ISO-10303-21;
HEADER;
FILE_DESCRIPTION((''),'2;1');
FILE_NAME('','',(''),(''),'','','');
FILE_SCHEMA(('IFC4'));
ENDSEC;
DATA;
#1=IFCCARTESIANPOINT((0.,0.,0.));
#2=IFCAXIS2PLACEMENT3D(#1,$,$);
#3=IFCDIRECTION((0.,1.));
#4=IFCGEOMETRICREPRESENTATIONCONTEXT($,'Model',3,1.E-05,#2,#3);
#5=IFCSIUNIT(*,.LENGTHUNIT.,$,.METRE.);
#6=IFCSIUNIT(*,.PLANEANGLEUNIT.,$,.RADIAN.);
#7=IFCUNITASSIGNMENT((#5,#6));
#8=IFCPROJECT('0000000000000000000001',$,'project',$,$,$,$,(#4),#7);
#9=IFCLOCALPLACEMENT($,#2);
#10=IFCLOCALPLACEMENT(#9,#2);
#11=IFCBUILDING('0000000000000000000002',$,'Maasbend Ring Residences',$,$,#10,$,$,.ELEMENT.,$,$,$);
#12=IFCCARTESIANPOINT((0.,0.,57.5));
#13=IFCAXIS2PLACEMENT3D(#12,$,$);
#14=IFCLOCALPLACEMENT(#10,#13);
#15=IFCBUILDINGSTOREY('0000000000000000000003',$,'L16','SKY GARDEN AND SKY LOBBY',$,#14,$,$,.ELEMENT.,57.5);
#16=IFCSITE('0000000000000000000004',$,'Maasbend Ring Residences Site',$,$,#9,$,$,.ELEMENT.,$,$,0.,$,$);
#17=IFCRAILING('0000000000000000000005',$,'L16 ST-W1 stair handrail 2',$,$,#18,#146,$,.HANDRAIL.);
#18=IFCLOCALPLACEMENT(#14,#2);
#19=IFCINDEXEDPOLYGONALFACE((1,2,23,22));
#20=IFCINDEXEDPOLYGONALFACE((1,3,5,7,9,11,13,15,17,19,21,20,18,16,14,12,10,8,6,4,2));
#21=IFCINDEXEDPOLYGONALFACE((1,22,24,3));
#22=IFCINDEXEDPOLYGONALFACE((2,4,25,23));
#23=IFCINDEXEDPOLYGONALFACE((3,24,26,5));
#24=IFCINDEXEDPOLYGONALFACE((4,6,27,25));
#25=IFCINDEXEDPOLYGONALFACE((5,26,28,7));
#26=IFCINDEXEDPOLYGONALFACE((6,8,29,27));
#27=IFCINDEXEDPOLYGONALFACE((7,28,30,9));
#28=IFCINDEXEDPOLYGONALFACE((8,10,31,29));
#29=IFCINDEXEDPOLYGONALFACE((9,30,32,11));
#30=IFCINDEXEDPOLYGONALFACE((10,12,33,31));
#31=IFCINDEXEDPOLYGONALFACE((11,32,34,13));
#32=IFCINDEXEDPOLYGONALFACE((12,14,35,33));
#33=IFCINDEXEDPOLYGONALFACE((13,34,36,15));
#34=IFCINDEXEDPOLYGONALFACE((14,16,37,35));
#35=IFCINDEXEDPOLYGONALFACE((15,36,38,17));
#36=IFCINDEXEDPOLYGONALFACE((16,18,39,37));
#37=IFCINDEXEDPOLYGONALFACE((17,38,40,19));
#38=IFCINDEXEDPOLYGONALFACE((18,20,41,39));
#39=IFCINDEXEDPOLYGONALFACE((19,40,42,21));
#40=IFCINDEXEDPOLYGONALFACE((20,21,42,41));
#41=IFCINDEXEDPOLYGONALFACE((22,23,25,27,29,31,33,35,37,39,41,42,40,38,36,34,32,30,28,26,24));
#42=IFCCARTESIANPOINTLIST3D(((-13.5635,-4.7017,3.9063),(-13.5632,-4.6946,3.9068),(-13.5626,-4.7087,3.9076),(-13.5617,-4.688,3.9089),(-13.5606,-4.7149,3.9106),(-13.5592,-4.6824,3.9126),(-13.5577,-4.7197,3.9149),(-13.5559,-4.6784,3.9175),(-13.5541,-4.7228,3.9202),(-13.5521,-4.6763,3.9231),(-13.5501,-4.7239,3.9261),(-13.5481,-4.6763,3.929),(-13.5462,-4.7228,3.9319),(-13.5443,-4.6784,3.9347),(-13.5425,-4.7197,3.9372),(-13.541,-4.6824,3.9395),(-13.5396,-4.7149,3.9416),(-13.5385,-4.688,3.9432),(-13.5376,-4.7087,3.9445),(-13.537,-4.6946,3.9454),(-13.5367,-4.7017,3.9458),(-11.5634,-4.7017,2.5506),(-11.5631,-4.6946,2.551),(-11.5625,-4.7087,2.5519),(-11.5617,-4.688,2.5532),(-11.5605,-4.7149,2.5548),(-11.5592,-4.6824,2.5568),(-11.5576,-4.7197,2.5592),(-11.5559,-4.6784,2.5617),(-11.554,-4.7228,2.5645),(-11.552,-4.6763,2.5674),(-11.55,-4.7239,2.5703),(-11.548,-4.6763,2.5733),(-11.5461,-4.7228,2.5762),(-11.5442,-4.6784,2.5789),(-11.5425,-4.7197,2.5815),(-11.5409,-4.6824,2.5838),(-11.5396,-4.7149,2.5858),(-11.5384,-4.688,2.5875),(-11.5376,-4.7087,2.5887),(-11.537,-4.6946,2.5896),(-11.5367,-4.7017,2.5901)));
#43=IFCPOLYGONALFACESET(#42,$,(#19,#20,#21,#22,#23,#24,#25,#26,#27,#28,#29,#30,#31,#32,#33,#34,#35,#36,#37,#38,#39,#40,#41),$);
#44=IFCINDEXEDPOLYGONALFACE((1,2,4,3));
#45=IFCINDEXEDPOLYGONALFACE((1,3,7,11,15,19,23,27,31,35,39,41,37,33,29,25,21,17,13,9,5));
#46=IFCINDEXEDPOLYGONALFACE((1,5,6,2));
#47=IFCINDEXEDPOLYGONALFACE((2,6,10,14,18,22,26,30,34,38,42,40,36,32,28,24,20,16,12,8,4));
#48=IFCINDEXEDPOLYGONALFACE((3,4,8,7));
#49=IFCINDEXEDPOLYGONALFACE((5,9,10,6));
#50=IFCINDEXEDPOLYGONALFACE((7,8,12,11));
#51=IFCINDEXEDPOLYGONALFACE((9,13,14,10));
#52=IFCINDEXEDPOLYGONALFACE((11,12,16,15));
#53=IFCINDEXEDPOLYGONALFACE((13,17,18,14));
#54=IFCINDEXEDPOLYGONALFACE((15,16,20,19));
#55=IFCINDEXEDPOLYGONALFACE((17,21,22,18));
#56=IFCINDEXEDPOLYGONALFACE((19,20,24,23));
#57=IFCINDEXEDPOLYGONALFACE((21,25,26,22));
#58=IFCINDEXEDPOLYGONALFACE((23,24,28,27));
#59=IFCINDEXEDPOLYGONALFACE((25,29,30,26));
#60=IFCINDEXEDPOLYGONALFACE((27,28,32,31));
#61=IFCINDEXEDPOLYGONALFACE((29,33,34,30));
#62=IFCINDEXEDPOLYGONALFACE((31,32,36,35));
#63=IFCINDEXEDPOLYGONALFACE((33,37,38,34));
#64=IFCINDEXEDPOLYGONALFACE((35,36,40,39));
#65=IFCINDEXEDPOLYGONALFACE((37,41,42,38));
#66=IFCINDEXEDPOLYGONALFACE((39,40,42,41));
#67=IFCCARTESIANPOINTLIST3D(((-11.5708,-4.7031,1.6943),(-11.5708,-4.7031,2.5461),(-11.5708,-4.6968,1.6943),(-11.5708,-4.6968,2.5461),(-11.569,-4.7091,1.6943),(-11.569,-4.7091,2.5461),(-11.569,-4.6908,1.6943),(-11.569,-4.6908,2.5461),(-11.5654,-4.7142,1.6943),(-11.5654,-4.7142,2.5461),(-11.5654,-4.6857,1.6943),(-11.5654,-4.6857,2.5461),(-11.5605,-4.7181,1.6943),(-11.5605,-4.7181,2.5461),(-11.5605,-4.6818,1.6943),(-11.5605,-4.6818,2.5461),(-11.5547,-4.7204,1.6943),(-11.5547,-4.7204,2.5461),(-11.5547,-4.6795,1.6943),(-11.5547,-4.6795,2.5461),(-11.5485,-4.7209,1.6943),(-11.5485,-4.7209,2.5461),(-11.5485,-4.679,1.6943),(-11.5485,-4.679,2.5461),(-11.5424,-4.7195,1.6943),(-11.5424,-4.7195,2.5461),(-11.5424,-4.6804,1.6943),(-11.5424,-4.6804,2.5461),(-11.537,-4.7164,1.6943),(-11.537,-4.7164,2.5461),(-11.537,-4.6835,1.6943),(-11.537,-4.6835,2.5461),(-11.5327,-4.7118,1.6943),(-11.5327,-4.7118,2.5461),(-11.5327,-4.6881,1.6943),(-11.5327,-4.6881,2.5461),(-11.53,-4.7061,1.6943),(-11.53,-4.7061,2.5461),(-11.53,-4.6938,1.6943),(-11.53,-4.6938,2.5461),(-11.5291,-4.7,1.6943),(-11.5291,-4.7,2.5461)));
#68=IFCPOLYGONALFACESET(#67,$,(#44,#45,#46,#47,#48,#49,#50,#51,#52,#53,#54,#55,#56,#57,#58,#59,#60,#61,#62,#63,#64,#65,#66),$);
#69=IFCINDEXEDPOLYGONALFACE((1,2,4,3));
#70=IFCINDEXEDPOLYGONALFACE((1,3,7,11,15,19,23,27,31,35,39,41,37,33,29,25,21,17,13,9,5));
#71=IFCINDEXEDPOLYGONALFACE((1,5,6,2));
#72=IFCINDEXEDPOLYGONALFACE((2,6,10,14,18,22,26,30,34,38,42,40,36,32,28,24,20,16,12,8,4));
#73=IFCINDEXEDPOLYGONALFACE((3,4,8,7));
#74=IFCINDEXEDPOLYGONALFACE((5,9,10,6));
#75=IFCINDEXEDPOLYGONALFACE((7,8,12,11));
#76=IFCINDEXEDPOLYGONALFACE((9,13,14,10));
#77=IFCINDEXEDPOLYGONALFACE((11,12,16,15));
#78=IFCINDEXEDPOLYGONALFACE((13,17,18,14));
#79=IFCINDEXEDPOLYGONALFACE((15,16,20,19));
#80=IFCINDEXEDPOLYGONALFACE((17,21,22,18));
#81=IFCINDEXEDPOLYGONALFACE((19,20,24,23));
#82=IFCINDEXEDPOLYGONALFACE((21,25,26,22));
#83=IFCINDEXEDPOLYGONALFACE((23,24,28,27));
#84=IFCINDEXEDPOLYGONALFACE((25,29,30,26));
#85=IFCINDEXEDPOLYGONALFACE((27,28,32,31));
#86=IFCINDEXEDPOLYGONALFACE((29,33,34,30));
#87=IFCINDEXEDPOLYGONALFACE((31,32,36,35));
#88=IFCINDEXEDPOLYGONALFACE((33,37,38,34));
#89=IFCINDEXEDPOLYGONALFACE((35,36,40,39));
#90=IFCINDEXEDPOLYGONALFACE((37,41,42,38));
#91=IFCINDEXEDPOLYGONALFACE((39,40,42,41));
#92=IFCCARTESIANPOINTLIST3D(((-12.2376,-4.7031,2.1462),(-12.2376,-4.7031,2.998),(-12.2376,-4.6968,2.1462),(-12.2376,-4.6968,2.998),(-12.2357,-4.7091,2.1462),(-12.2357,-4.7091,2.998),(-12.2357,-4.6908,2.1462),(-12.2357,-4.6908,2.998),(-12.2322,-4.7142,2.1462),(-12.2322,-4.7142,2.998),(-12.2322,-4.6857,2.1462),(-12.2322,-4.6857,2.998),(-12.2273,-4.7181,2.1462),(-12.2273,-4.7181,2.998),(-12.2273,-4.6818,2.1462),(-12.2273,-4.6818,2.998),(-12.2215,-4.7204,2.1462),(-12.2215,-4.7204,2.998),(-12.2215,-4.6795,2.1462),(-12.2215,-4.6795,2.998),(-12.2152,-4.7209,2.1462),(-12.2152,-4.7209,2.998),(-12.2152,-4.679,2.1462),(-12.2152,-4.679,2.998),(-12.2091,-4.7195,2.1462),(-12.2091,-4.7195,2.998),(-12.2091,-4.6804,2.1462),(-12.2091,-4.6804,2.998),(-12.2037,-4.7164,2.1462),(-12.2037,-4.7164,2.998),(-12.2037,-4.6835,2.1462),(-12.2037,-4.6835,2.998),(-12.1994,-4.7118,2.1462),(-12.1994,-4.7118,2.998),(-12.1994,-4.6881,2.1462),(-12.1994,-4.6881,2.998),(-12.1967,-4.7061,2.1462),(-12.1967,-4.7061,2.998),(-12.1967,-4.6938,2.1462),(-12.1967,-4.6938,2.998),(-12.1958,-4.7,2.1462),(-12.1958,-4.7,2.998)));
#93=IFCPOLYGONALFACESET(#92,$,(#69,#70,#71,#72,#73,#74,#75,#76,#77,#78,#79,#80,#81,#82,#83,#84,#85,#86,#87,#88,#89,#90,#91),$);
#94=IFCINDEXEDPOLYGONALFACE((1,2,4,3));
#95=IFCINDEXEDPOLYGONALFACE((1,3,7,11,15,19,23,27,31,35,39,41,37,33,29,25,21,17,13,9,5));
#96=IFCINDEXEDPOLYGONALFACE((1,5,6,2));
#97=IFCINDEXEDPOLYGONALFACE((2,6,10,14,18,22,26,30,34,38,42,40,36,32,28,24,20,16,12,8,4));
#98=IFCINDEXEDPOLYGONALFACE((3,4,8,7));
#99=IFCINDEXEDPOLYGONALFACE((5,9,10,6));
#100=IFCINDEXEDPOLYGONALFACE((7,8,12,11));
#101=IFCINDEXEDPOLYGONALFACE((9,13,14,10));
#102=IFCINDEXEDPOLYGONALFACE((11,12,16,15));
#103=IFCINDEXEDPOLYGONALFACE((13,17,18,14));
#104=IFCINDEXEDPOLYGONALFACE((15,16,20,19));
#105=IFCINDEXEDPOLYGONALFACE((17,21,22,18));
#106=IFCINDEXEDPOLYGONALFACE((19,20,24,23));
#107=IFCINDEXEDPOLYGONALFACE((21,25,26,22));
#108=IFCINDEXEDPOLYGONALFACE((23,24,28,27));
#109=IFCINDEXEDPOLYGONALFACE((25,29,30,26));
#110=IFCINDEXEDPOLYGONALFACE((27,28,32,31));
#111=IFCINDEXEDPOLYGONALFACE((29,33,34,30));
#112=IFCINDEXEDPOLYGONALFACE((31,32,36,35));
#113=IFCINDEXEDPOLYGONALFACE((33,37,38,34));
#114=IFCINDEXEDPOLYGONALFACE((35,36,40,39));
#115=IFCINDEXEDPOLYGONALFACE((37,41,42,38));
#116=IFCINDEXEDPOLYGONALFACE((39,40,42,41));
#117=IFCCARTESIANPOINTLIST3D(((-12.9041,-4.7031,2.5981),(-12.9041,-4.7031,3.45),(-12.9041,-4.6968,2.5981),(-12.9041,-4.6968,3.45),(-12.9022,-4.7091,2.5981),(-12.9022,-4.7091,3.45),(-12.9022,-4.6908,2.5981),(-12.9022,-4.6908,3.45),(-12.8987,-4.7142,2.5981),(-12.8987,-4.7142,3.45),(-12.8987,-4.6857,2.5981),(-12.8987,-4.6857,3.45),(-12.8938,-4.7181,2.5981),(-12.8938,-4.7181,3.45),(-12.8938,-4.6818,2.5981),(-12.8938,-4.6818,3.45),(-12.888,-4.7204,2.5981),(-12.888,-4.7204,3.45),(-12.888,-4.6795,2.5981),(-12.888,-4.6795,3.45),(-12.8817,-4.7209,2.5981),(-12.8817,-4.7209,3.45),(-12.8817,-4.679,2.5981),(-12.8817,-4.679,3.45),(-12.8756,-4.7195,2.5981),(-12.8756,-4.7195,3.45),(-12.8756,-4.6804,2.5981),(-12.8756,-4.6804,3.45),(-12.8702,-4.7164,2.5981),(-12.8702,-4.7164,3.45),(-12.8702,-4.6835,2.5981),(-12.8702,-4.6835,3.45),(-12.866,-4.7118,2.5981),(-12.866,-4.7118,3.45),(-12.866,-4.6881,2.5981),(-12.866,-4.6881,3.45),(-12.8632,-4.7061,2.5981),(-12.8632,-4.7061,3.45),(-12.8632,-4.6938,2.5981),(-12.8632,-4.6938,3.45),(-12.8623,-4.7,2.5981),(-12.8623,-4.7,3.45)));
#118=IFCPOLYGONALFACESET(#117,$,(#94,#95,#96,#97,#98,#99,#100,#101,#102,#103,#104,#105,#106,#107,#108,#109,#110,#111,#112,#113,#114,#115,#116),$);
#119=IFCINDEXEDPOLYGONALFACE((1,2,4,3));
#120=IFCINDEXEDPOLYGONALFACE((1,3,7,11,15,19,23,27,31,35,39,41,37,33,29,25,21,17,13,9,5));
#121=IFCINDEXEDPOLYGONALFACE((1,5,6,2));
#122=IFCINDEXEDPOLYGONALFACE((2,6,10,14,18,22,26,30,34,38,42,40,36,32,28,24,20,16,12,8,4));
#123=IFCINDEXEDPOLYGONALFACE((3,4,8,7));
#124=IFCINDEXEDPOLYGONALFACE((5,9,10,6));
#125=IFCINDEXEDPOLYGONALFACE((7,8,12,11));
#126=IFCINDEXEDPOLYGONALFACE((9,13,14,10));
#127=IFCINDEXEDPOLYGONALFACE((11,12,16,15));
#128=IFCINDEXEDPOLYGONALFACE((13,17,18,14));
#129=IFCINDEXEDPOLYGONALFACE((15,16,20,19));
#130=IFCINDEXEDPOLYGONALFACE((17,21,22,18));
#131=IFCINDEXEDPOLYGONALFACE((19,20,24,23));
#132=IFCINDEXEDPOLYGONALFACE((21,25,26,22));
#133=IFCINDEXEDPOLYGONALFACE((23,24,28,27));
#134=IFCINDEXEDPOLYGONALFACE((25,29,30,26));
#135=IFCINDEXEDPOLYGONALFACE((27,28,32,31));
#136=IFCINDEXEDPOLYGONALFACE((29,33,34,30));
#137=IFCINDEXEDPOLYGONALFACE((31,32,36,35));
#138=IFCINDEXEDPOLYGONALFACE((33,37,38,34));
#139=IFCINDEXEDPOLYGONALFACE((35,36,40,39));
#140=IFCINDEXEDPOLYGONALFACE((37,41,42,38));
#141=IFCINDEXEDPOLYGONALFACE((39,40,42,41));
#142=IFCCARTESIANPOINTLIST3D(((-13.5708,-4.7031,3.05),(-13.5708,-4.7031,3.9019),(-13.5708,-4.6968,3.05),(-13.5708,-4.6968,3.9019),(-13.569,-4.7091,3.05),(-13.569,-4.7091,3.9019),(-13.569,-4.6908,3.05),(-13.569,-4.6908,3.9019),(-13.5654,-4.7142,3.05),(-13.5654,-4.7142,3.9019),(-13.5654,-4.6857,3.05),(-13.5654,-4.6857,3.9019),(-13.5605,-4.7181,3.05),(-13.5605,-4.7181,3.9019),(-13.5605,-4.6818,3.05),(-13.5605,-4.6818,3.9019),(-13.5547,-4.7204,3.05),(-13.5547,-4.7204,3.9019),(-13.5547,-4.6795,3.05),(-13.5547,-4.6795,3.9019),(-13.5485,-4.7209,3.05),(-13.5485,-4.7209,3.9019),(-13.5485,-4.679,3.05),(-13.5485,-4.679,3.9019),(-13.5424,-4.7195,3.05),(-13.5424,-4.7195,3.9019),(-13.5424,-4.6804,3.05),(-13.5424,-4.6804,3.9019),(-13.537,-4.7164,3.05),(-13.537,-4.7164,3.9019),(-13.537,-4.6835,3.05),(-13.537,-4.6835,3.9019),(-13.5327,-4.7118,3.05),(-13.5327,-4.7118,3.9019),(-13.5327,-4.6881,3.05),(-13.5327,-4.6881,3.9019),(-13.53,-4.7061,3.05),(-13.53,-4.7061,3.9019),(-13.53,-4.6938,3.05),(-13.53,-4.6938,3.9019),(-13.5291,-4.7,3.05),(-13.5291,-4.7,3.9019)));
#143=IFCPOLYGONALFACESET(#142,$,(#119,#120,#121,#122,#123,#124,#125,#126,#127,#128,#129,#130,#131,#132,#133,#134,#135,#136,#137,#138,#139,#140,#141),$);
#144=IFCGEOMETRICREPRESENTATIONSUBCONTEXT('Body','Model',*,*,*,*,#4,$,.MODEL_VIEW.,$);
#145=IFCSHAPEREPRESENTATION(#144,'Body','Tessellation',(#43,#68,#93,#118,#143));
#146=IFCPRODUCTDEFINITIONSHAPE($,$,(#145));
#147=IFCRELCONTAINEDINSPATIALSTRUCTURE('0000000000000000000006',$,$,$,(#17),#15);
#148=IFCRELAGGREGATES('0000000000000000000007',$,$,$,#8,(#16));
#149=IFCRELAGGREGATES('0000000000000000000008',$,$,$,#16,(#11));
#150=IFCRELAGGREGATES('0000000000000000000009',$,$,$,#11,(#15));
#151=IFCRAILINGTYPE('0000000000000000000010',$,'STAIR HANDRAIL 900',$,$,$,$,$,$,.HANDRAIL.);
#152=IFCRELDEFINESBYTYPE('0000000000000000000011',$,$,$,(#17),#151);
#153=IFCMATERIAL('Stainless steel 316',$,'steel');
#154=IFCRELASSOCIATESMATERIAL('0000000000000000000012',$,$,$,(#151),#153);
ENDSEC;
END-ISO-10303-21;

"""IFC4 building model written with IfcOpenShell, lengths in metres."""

from ifc_helpers import new_model, si_unit, direction, frame, origin, origin_2d, place, context, subcontext, project, spatial, circle, extrude, material, type_object, element, save


model = new_model("IFC4")

# Units and contexts
model_context = context("Model", 3, precision=1e-05, world=origin(), true_north=direction((0.0, 1.0)))
body_context = subcontext(model_context, "Body", "Model", "MODEL_VIEW")
ifc_project = project(units=[si_unit("LENGTHUNIT", "METRE"), si_unit("PLANEANGLEUNIT", "RADIAN")], contexts=[model_context])

# Site, building, storey
site_placement = place(None, origin())
site = spatial("IfcSite", under=ifc_project, at=site_placement, Name="Maasbend Ring Residences Site", CompositionType="ELEMENT", RefElevation=0.0)
building_placement = place(site_placement, origin())
building = spatial("IfcBuilding", under=site, at=building_placement, Name="Maasbend Ring Residences", CompositionType="ELEMENT")
storey_placement = place(building_placement, frame((0.0, 0.0, 57.5)))
storey = spatial("IfcBuildingStorey", under=building, at=storey_placement, Name="L16", Description="SKY GARDEN AND SKY LOBBY", CompositionType="ELEMENT", Elevation=57.5)

# Railing
ifc_material_1 = material(Name="Stainless steel 316", Category="steel")
railing_type_1 = type_object("IfcRailingType", Name="STAIR HANDRAIL 900", PredefinedType="HANDRAIL", material=ifc_material_1)
railing_1_placement = place(storey_placement, frame((-11.55, -4.7, 1.6943)))
element("IfcRailing", 1, at=railing_1_placement, inside=storey, type_object=railing_type_1, Name="L16 ST-W1 stair handrail 2", PredefinedType="HANDRAIL", context=body_context, shape_type="SweptSolid", body=[
    extrude(circle(Radius=0.0239, at=origin_2d()), frame((0.0, 0.0, 0.876), z_axis=(-0.827751, 0.0, 0.561096), x_axis=(0.0, -1.0, 0.0)), (0.0, 0.0, 1.0), 2.4163),
    extrude(circle(Radius=0.021, at=origin_2d()), origin(), (0.0, 0.0, 1.0), 0.8518),
    extrude(circle(Radius=0.021, at=origin_2d()), frame((-0.6667, 0.0, 0.4519)), (0.0, 0.0, 1.0), 0.8518),
    extrude(circle(Radius=0.021, at=origin_2d()), frame((-1.3333, 0.0, 0.9038)), (0.0, 0.0, 1.0), 0.8518),
    extrude(circle(Radius=0.021, at=origin_2d()), frame((-2.0, 0.0, 1.3557)), (0.0, 0.0, 1.0), 0.8518),
])

save(model, "model.ifc")
